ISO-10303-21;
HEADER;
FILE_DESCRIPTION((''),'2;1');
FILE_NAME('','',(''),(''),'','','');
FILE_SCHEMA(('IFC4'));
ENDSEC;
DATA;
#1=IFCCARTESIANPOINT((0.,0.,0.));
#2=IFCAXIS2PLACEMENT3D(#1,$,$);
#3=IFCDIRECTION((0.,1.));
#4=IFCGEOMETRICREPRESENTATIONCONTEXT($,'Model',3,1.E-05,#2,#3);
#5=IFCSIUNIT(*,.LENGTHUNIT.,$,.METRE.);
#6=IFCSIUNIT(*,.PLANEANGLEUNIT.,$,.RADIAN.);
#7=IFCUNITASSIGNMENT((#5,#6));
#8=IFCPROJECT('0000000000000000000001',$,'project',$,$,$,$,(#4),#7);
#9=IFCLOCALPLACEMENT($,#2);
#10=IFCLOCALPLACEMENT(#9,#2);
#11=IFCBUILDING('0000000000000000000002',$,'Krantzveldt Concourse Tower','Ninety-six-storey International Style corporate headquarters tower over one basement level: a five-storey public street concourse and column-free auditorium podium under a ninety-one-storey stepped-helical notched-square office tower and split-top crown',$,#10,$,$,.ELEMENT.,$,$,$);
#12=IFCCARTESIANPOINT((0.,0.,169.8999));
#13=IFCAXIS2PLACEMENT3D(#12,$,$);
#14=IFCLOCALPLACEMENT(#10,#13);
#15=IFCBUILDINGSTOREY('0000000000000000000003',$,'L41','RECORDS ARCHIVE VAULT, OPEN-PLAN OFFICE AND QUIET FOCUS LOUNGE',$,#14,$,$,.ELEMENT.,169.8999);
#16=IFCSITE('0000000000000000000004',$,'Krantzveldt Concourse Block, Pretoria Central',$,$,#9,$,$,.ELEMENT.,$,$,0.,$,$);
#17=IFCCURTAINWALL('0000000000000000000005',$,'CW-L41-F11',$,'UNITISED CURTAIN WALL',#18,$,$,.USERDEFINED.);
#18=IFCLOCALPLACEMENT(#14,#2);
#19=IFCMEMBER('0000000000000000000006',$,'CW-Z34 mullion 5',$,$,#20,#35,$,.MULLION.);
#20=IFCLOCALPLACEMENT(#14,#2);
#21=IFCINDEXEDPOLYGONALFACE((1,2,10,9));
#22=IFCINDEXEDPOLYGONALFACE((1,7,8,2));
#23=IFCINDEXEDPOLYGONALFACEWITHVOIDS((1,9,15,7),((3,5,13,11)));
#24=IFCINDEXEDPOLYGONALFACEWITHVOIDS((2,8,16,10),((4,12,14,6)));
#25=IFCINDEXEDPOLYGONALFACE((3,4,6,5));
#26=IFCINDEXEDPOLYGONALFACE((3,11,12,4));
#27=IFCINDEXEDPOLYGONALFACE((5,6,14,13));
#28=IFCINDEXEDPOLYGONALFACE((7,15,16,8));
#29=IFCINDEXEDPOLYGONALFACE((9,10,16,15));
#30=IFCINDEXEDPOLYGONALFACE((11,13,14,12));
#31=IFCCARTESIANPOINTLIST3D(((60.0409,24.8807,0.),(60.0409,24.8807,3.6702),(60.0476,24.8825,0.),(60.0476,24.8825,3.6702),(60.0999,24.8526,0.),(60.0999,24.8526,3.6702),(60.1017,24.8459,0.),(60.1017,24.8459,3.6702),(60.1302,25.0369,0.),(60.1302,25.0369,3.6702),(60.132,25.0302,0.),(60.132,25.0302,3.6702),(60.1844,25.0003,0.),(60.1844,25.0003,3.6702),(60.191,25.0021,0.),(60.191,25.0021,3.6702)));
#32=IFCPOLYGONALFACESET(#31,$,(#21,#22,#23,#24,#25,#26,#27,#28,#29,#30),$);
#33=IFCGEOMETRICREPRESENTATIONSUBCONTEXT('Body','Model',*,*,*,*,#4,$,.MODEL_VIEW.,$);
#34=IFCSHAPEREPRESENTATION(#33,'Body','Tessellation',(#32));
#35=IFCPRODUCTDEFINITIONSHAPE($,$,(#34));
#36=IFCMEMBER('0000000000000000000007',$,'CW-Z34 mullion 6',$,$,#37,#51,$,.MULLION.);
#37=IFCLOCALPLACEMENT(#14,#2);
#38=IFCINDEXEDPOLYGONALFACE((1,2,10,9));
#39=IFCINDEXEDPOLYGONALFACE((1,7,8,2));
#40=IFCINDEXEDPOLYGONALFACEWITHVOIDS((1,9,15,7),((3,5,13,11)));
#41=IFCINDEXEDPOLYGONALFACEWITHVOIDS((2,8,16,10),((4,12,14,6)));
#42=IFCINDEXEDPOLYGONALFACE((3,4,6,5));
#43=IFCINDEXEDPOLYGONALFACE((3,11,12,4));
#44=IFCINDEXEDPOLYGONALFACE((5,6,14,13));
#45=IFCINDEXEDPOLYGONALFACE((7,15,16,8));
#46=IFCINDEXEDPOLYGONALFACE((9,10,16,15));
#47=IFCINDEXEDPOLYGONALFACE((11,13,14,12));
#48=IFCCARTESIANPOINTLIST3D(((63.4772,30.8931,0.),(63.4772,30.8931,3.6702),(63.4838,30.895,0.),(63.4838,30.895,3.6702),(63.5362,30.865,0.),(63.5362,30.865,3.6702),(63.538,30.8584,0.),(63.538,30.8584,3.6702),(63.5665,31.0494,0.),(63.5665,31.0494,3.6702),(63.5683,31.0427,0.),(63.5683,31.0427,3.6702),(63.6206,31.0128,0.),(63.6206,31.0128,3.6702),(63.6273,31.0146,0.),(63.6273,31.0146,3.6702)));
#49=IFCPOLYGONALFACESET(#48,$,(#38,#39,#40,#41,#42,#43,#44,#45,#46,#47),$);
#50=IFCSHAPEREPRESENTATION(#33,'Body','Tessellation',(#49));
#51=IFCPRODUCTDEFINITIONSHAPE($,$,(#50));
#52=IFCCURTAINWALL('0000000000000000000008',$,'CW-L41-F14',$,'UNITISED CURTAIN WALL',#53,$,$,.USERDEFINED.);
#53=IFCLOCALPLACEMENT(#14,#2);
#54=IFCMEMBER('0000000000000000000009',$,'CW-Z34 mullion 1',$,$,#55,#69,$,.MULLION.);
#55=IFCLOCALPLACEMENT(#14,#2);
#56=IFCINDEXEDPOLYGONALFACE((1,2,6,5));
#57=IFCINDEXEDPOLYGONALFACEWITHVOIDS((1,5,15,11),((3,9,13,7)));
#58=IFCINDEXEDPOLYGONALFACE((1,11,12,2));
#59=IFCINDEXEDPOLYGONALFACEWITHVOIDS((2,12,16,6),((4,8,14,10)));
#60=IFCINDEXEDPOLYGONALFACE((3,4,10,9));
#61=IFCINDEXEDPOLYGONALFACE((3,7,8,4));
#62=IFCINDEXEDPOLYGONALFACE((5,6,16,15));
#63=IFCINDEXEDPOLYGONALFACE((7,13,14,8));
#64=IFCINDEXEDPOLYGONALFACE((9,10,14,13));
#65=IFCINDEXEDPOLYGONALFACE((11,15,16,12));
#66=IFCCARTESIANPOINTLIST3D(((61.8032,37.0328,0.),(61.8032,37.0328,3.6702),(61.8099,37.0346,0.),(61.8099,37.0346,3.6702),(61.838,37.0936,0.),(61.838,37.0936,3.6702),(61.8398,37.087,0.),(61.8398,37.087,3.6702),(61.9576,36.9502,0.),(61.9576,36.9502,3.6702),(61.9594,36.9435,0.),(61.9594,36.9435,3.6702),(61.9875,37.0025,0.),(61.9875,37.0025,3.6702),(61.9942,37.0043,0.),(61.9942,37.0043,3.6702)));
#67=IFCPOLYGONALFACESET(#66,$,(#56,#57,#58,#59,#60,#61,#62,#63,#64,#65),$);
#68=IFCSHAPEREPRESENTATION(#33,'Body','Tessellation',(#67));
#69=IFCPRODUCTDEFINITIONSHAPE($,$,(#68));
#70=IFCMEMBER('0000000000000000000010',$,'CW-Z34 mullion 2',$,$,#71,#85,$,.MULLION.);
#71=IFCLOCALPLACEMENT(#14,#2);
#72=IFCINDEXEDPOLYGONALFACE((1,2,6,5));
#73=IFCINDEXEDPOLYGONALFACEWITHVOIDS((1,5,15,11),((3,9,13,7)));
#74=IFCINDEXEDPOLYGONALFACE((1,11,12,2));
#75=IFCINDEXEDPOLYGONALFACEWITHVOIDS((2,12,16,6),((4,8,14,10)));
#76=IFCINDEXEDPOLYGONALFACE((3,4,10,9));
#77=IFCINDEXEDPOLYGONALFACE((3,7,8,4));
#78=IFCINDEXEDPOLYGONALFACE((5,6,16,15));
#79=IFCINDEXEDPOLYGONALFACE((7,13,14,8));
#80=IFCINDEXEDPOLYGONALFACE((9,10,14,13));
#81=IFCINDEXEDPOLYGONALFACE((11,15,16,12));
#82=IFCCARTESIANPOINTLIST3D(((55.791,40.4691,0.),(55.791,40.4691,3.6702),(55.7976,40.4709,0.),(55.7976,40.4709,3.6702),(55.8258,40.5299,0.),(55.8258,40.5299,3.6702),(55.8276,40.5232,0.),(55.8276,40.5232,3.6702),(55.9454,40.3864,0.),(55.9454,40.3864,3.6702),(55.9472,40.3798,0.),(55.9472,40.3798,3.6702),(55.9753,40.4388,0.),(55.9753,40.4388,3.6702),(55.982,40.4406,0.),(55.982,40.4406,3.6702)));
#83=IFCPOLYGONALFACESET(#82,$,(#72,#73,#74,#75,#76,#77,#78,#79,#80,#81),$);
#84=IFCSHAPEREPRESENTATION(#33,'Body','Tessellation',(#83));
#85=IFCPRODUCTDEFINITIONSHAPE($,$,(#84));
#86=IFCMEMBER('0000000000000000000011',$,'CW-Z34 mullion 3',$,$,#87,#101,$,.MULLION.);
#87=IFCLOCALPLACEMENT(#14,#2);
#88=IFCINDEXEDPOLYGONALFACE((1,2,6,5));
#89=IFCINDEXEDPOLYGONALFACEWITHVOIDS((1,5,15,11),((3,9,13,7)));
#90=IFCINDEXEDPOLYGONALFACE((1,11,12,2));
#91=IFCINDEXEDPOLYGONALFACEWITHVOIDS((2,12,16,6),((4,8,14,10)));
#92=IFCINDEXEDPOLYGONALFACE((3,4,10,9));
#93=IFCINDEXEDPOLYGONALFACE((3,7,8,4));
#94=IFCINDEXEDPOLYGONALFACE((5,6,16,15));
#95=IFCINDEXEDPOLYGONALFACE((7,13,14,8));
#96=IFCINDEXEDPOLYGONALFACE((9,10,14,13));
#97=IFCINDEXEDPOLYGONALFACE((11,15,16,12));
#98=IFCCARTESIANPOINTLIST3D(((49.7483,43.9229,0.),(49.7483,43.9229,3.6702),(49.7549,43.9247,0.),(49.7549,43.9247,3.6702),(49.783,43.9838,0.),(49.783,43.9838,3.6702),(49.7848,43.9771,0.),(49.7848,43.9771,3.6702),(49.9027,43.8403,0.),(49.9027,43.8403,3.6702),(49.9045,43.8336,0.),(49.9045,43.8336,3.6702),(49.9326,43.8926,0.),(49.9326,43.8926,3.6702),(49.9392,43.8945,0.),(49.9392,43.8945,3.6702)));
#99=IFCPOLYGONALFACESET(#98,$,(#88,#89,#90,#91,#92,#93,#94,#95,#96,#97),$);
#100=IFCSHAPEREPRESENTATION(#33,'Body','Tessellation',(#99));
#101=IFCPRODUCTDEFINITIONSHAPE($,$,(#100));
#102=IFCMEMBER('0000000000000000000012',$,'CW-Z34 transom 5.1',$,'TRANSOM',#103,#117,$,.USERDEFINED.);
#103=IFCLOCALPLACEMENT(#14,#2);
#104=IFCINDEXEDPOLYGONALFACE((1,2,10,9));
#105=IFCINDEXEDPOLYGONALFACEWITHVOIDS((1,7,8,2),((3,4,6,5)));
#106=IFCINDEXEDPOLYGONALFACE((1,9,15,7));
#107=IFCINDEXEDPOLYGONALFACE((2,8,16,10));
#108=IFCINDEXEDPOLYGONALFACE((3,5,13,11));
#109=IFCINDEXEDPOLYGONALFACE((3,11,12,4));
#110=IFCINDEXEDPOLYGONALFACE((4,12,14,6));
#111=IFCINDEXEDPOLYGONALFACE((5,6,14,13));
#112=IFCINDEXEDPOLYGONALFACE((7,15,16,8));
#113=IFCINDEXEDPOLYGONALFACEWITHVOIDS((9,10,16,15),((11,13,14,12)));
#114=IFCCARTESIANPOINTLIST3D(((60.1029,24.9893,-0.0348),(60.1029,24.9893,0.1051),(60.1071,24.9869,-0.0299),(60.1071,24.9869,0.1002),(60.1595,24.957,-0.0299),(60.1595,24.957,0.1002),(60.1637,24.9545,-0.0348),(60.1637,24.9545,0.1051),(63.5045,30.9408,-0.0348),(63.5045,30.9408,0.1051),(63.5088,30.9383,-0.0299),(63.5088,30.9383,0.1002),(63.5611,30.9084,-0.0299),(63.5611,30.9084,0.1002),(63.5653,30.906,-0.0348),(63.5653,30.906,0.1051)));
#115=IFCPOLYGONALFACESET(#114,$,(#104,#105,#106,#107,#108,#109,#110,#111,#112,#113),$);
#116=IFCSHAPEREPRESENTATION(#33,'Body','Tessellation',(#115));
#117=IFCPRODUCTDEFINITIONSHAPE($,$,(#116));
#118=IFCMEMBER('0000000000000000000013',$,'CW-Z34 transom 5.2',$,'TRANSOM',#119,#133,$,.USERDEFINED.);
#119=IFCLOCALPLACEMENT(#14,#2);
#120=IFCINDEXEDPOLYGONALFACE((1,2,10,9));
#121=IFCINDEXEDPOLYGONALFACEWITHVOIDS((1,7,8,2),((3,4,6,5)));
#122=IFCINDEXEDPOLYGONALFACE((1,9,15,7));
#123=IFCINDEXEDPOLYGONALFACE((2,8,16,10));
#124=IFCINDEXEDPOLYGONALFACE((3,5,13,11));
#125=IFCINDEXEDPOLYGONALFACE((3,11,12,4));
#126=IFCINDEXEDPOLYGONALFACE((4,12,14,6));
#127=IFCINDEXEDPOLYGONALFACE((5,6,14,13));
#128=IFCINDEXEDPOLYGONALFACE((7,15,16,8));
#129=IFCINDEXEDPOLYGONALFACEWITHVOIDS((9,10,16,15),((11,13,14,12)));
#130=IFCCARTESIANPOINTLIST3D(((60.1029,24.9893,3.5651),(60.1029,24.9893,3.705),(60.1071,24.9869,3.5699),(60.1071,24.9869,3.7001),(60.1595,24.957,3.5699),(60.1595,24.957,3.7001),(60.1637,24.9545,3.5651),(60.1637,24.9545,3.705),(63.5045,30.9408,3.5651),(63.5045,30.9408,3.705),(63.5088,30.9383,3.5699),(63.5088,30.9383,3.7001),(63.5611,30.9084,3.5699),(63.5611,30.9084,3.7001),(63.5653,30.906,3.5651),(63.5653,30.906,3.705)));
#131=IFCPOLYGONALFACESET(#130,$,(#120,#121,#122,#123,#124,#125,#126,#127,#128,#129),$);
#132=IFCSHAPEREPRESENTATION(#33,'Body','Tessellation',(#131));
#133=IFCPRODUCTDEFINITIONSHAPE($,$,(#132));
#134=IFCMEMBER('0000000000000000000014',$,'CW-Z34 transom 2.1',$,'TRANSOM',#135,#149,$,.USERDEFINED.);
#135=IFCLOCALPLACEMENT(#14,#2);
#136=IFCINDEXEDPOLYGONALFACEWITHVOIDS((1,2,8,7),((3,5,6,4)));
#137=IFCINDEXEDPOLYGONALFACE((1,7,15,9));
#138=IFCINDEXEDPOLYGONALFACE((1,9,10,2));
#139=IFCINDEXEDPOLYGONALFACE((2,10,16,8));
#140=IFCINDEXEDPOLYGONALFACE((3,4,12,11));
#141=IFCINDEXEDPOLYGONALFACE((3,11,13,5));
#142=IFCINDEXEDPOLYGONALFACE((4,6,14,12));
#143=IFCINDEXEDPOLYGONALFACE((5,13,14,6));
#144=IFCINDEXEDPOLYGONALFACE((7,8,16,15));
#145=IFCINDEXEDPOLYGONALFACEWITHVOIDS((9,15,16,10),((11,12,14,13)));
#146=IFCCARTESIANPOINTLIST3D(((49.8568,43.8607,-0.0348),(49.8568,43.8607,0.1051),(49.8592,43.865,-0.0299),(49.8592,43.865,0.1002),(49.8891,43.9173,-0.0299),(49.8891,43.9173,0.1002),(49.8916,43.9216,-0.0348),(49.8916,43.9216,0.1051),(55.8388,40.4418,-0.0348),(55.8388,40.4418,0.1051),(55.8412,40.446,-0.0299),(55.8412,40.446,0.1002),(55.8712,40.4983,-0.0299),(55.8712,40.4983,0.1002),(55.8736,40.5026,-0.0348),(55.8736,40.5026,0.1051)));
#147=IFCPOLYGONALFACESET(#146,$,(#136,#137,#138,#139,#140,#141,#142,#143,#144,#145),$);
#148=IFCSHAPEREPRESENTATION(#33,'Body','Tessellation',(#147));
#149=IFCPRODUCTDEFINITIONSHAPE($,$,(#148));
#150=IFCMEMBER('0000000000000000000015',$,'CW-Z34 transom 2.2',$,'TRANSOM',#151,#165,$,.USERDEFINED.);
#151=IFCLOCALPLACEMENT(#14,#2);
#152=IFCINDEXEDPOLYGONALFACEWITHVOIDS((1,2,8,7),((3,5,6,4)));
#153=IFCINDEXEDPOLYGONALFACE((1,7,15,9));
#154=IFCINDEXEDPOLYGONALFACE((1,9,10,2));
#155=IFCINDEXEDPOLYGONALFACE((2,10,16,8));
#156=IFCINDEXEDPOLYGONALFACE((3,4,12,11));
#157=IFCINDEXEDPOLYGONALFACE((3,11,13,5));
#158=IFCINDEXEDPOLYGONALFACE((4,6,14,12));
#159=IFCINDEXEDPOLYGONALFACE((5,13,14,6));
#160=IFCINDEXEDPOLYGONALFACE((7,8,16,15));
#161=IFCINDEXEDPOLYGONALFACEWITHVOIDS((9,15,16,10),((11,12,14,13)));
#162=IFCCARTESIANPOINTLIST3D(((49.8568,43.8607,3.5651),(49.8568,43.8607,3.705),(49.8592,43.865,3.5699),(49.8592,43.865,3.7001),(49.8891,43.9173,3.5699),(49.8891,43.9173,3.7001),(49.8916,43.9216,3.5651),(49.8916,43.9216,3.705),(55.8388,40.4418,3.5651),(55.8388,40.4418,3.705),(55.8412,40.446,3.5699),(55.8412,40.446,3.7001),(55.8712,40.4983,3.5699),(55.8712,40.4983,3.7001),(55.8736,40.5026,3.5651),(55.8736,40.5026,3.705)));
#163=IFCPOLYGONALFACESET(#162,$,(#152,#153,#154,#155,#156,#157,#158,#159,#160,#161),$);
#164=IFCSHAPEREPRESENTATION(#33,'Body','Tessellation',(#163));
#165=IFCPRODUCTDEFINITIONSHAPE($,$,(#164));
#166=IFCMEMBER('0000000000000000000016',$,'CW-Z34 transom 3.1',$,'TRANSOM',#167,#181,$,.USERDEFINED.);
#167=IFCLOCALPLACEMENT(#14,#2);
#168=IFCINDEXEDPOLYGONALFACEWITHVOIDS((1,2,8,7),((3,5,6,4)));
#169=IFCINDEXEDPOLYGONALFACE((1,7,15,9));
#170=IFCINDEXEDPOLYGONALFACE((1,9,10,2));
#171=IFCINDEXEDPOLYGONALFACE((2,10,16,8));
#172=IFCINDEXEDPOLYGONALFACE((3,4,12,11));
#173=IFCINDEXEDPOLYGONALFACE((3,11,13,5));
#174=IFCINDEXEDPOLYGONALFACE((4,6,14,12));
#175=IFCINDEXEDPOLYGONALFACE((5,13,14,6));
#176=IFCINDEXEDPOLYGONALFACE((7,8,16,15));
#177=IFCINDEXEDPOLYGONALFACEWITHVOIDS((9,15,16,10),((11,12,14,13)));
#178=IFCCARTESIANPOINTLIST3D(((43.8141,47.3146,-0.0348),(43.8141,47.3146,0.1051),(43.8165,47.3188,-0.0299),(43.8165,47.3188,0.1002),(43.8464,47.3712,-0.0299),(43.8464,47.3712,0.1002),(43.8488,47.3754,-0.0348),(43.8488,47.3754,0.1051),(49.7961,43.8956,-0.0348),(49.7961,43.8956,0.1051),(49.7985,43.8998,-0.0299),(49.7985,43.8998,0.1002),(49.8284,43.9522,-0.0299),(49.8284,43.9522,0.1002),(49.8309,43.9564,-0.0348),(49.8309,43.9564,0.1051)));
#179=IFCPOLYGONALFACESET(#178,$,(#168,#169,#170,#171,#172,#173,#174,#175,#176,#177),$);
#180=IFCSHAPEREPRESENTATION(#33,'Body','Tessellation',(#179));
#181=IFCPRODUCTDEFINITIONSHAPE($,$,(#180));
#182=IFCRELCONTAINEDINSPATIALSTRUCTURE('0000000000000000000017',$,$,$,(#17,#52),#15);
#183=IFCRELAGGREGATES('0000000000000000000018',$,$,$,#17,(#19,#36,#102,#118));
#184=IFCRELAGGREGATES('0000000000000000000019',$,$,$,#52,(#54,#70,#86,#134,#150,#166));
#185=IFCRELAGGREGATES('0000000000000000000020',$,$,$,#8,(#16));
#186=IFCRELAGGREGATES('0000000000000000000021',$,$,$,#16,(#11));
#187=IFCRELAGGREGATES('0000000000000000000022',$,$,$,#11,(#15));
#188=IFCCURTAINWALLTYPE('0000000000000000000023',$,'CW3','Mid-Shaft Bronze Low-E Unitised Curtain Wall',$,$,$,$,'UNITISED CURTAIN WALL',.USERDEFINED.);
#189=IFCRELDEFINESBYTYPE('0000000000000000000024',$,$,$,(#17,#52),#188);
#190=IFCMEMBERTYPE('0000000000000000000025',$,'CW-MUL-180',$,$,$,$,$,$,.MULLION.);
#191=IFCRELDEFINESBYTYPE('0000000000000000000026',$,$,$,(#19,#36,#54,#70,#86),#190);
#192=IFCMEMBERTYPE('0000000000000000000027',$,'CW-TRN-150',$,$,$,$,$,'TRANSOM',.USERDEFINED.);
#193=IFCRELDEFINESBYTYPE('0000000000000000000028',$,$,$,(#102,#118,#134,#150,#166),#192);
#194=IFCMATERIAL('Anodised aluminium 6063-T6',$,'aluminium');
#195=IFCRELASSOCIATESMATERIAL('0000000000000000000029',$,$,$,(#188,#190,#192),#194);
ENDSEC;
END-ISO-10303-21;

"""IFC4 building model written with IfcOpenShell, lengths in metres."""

from ifc_helpers import new_model, si_unit, direction, frame, origin, origin_2d, place, context, subcontext, project, spatial, hollow_rectangle, extrude, source, transform, mapped, material, material_profile, profile_set, type_object, type_shapes, element, aggregate, save


model = new_model("IFC4")

# Units and contexts
model_context = context("Model", 3, precision=1e-05, world=origin(), true_north=direction((0.0, 1.0)))
body_context = subcontext(model_context, "Body", "Model", "MODEL_VIEW")
ifc_project = project(units=[si_unit("LENGTHUNIT", "METRE"), si_unit("PLANEANGLEUNIT", "RADIAN")], contexts=[model_context])

# Site, building, storey
site_placement = place(None, origin())
site = spatial("IfcSite", under=ifc_project, at=site_placement, Name="Krantzveldt Concourse Block, Pretoria Central", CompositionType="ELEMENT", RefElevation=0.0)
building_placement = place(site_placement, origin())
building = spatial("IfcBuilding", under=site, at=building_placement, Name="Krantzveldt Concourse Tower", Description="Ninety-six-storey International Style corporate headquarters tower over one basement level: a five-storey public street concourse and column-free auditorium podium under a ninety-one-storey stepped-helical notched-square office tower and split-top crown", CompositionType="ELEMENT")
storey_placement = place(building_placement, frame((0.0, 0.0, 169.8999)))
storey = spatial("IfcBuildingStorey", under=building, at=storey_placement, Name="L41", Description="RECORDS ARCHIVE VAULT, OPEN-PLAN OFFICE AND QUIET FOCUS LOUNGE", CompositionType="ELEMENT", Elevation=169.8999)

# Curtain walls, members
ifc_material_1 = material(Name="Anodised aluminium 6063-T6", Category="aluminium")
curtain_wall_type = type_object("IfcCurtainWallType", Name="CW3", Description="Mid-Shaft Bronze Low-E Unitised Curtain Wall", ElementType="UNITISED CURTAIN WALL", PredefinedType="USERDEFINED", material=ifc_material_1)
curtain_wall_1_placement = place(storey_placement, origin())
curtain_wall_1 = element("IfcCurtainWall", 1, at=curtain_wall_1_placement, inside=storey, type_object=curtain_wall_type, Name="CW-L41-F11", ObjectType="UNITISED CURTAIN WALL", PredefinedType="USERDEFINED")
ifc_material_profile_1 = material_profile(ifc_material_1, hollow_rectangle(XDim=0.0701, YDim=0.1799, WallThickness=0.0049, at=origin_2d()), Name="Anodised aluminium 6063-T6", Category="aluminium")
ifc_profile_set_1 = profile_set([ifc_material_profile_1], Name="Anodised aluminium 6063-T6 - ALU-MULL 180x70x5")
member_type_1 = type_object("IfcMemberType", Name="CW-MUL-180", PredefinedType="MULLION", material=ifc_profile_set_1)
shared_shape_1 = source(origin(), body_context, "Body", "SweptSolid", [
    extrude(hollow_rectangle(XDim=0.0701, YDim=0.1799, WallThickness=0.0049, at=origin_2d()), origin(), (0.0, 0.0, 1.0), 3.6702),
])
type_shapes(member_type_1, [shared_shape_1])
member_1_placement = place(storey_placement, frame((60.116, 24.9414, 0.0), z_axis=(0.0, 0.0, 1.0), x_axis=(-0.868199, 0.496216, 0.0)))
member_1 = element("IfcMember", 2, at=member_1_placement, type_object=member_type_1, Name="CW-Z34 mullion 5", PredefinedType="MULLION", context=body_context, shape_type="MappedRepresentation", body=[
    mapped(shared_shape_1, transform((0.0, 0.0, 0.0), x_axis=(1.0, 0.0, 0.0), y_axis=(0.0, 1.0, 0.0), z_axis=(0.0, 0.0, 1.0), scale=1.0)),
])
member_2_placement = place(storey_placement, frame((63.5522, 30.9539, 0.0), z_axis=(0.0, 0.0, 1.0), x_axis=(-0.868199, 0.496216, 0.0)))
member_2 = element("IfcMember", 3, at=member_2_placement, type_object=member_type_1, Name="CW-Z34 mullion 6", PredefinedType="MULLION", context=body_context, shape_type="MappedRepresentation", body=[
    mapped(shared_shape_1, transform((0.0, 0.0, 0.0), x_axis=(1.0, 0.0, 0.0), y_axis=(0.0, 1.0, 0.0), z_axis=(0.0, 0.0, 1.0), scale=1.0)),
])
curtain_wall_2_placement = place(storey_placement, origin())
curtain_wall_2 = element("IfcCurtainWall", 4, at=curtain_wall_2_placement, inside=storey, type_object=curtain_wall_type, Name="CW-L41-F14", ObjectType="UNITISED CURTAIN WALL", PredefinedType="USERDEFINED")
member_3_placement = place(storey_placement, frame((61.8987, 37.0186, 0.0), z_axis=(0.0, 0.0, 1.0), x_axis=(-0.496216, -0.868199, 0.0)))
member_3 = element("IfcMember", 5, at=member_3_placement, type_object=member_type_1, Name="CW-Z34 mullion 1", PredefinedType="MULLION", context=body_context, shape_type="MappedRepresentation", body=[
    mapped(shared_shape_1, transform((0.0, 0.0, 0.0), x_axis=(1.0, 0.0, 0.0), y_axis=(0.0, 1.0, 0.0), z_axis=(0.0, 0.0, 1.0), scale=1.0)),
])
member_4_placement = place(storey_placement, frame((55.8865, 40.4548, 0.0), z_axis=(0.0, 0.0, 1.0), x_axis=(-0.496216, -0.868199, 0.0)))
member_4 = element("IfcMember", 6, at=member_4_placement, type_object=member_type_1, Name="CW-Z34 mullion 2", PredefinedType="MULLION", context=body_context, shape_type="MappedRepresentation", body=[
    mapped(shared_shape_1, transform((0.0, 0.0, 0.0), x_axis=(1.0, 0.0, 0.0), y_axis=(0.0, 1.0, 0.0), z_axis=(0.0, 0.0, 1.0), scale=1.0)),
])
member_5_placement = place(storey_placement, frame((49.8438, 43.9087, 0.0), z_axis=(0.0, 0.0, 1.0), x_axis=(-0.496216, -0.868199, 0.0)))
member_5 = element("IfcMember", 7, at=member_5_placement, type_object=member_type_1, Name="CW-Z34 mullion 3", PredefinedType="MULLION", context=body_context, shape_type="MappedRepresentation", body=[
    mapped(shared_shape_1, transform((0.0, 0.0, 0.0), x_axis=(1.0, 0.0, 0.0), y_axis=(0.0, 1.0, 0.0), z_axis=(0.0, 0.0, 1.0), scale=1.0)),
])

# Members
ifc_material_profile_2 = material_profile(ifc_material_1, hollow_rectangle(XDim=0.0701, YDim=0.1399, WallThickness=0.0049, at=origin_2d()), Name="Anodised aluminium 6063-T6", Category="aluminium")
ifc_profile_set_2 = profile_set([ifc_material_profile_2], Name="Anodised aluminium 6063-T6 - ALU-TRAN 140x70x5")
member_type_2 = type_object("IfcMemberType", Name="CW-TRN-150", ElementType="TRANSOM", PredefinedType="USERDEFINED", material=ifc_profile_set_2)
shared_shape_2 = source(origin(), body_context, "Body", "SweptSolid", [
    extrude(hollow_rectangle(XDim=0.0701, YDim=0.1399, WallThickness=0.0049, at=origin_2d()), origin(), (0.0, 0.0, 1.0), 6.855),
])
member_6_placement = place(storey_placement, frame((60.1333, 24.9719, 0.0352), z_axis=(0.496227, 0.868193, 0.0), x_axis=(-0.868193, 0.496227, 0.0)))
member_6 = element("IfcMember", 8, at=member_6_placement, type_object=member_type_2, Name="CW-Z34 transom 5.1", ObjectType="TRANSOM", PredefinedType="USERDEFINED", context=body_context, shape_type="MappedRepresentation", body=[
    mapped(shared_shape_2, transform((0.0, 0.0, 0.0), x_axis=(1.0, 0.0, 0.0), y_axis=(0.0, 1.0, 0.0), z_axis=(0.0, 0.0, 1.0), scale=1.0)),
])
member_7_placement = place(storey_placement, frame((60.1333, 24.9719, 3.635), z_axis=(0.496227, 0.868193, 0.0), x_axis=(-0.868193, 0.496227, 0.0)))
member_7 = element("IfcMember", 9, at=member_7_placement, type_object=member_type_2, Name="CW-Z34 transom 5.2", ObjectType="TRANSOM", PredefinedType="USERDEFINED", context=body_context, shape_type="MappedRepresentation", body=[
    mapped(shared_shape_2, transform((0.0, 0.0, 0.0), x_axis=(1.0, 0.0, 0.0), y_axis=(0.0, 1.0, 0.0), z_axis=(0.0, 0.0, 1.0), scale=1.0)),
])
shared_shape_3 = source(origin(), body_context, "Body", "SweptSolid", [
    extrude(hollow_rectangle(XDim=0.0701, YDim=0.1399, WallThickness=0.0049, at=origin_2d()), origin(), (0.0, 0.0, 1.0), 6.8901),
])
member_8_placement = place(storey_placement, frame((55.8562, 40.4722, 0.0352), z_axis=(-0.8682, 0.496215, 0.0), x_axis=(-0.496215, -0.8682, 0.0)))
member_8 = element("IfcMember", 10, at=member_8_placement, type_object=member_type_2, Name="CW-Z34 transom 2.1", ObjectType="TRANSOM", PredefinedType="USERDEFINED", context=body_context, shape_type="MappedRepresentation", body=[
    mapped(shared_shape_3, transform((0.0, 0.0, 0.0), x_axis=(1.0, 0.0, 0.0), y_axis=(0.0, 1.0, 0.0), z_axis=(0.0, 0.0, 1.0), scale=1.0)),
])
member_9_placement = place(storey_placement, frame((55.8562, 40.4722, 3.635), z_axis=(-0.8682, 0.496215, 0.0), x_axis=(-0.496215, -0.8682, 0.0)))
member_9 = element("IfcMember", 11, at=member_9_placement, type_object=member_type_2, Name="CW-Z34 transom 2.2", ObjectType="TRANSOM", PredefinedType="USERDEFINED", context=body_context, shape_type="MappedRepresentation", body=[
    mapped(shared_shape_3, transform((0.0, 0.0, 0.0), x_axis=(1.0, 0.0, 0.0), y_axis=(0.0, 1.0, 0.0), z_axis=(0.0, 0.0, 1.0), scale=1.0)),
])
member_10_placement = place(storey_placement, frame((49.8135, 43.926, 0.0352), z_axis=(-0.8682, 0.496215, 0.0), x_axis=(-0.496215, -0.8682, 0.0)))
member_10 = element("IfcMember", 12, at=member_10_placement, type_object=member_type_2, Name="CW-Z34 transom 3.1", ObjectType="TRANSOM", PredefinedType="USERDEFINED", context=body_context, shape_type="MappedRepresentation", body=[
    mapped(shared_shape_3, transform((0.0, 0.0, 0.0), x_axis=(1.0, 0.0, 0.0), y_axis=(0.0, 1.0, 0.0), z_axis=(0.0, 0.0, 1.0), scale=1.0)),
])

aggregate(curtain_wall_1, [member_1, member_2, member_6, member_7])
aggregate(curtain_wall_2, [member_3, member_4, member_5, member_8, member_9, member_10])

save(model, "model.ifc")
